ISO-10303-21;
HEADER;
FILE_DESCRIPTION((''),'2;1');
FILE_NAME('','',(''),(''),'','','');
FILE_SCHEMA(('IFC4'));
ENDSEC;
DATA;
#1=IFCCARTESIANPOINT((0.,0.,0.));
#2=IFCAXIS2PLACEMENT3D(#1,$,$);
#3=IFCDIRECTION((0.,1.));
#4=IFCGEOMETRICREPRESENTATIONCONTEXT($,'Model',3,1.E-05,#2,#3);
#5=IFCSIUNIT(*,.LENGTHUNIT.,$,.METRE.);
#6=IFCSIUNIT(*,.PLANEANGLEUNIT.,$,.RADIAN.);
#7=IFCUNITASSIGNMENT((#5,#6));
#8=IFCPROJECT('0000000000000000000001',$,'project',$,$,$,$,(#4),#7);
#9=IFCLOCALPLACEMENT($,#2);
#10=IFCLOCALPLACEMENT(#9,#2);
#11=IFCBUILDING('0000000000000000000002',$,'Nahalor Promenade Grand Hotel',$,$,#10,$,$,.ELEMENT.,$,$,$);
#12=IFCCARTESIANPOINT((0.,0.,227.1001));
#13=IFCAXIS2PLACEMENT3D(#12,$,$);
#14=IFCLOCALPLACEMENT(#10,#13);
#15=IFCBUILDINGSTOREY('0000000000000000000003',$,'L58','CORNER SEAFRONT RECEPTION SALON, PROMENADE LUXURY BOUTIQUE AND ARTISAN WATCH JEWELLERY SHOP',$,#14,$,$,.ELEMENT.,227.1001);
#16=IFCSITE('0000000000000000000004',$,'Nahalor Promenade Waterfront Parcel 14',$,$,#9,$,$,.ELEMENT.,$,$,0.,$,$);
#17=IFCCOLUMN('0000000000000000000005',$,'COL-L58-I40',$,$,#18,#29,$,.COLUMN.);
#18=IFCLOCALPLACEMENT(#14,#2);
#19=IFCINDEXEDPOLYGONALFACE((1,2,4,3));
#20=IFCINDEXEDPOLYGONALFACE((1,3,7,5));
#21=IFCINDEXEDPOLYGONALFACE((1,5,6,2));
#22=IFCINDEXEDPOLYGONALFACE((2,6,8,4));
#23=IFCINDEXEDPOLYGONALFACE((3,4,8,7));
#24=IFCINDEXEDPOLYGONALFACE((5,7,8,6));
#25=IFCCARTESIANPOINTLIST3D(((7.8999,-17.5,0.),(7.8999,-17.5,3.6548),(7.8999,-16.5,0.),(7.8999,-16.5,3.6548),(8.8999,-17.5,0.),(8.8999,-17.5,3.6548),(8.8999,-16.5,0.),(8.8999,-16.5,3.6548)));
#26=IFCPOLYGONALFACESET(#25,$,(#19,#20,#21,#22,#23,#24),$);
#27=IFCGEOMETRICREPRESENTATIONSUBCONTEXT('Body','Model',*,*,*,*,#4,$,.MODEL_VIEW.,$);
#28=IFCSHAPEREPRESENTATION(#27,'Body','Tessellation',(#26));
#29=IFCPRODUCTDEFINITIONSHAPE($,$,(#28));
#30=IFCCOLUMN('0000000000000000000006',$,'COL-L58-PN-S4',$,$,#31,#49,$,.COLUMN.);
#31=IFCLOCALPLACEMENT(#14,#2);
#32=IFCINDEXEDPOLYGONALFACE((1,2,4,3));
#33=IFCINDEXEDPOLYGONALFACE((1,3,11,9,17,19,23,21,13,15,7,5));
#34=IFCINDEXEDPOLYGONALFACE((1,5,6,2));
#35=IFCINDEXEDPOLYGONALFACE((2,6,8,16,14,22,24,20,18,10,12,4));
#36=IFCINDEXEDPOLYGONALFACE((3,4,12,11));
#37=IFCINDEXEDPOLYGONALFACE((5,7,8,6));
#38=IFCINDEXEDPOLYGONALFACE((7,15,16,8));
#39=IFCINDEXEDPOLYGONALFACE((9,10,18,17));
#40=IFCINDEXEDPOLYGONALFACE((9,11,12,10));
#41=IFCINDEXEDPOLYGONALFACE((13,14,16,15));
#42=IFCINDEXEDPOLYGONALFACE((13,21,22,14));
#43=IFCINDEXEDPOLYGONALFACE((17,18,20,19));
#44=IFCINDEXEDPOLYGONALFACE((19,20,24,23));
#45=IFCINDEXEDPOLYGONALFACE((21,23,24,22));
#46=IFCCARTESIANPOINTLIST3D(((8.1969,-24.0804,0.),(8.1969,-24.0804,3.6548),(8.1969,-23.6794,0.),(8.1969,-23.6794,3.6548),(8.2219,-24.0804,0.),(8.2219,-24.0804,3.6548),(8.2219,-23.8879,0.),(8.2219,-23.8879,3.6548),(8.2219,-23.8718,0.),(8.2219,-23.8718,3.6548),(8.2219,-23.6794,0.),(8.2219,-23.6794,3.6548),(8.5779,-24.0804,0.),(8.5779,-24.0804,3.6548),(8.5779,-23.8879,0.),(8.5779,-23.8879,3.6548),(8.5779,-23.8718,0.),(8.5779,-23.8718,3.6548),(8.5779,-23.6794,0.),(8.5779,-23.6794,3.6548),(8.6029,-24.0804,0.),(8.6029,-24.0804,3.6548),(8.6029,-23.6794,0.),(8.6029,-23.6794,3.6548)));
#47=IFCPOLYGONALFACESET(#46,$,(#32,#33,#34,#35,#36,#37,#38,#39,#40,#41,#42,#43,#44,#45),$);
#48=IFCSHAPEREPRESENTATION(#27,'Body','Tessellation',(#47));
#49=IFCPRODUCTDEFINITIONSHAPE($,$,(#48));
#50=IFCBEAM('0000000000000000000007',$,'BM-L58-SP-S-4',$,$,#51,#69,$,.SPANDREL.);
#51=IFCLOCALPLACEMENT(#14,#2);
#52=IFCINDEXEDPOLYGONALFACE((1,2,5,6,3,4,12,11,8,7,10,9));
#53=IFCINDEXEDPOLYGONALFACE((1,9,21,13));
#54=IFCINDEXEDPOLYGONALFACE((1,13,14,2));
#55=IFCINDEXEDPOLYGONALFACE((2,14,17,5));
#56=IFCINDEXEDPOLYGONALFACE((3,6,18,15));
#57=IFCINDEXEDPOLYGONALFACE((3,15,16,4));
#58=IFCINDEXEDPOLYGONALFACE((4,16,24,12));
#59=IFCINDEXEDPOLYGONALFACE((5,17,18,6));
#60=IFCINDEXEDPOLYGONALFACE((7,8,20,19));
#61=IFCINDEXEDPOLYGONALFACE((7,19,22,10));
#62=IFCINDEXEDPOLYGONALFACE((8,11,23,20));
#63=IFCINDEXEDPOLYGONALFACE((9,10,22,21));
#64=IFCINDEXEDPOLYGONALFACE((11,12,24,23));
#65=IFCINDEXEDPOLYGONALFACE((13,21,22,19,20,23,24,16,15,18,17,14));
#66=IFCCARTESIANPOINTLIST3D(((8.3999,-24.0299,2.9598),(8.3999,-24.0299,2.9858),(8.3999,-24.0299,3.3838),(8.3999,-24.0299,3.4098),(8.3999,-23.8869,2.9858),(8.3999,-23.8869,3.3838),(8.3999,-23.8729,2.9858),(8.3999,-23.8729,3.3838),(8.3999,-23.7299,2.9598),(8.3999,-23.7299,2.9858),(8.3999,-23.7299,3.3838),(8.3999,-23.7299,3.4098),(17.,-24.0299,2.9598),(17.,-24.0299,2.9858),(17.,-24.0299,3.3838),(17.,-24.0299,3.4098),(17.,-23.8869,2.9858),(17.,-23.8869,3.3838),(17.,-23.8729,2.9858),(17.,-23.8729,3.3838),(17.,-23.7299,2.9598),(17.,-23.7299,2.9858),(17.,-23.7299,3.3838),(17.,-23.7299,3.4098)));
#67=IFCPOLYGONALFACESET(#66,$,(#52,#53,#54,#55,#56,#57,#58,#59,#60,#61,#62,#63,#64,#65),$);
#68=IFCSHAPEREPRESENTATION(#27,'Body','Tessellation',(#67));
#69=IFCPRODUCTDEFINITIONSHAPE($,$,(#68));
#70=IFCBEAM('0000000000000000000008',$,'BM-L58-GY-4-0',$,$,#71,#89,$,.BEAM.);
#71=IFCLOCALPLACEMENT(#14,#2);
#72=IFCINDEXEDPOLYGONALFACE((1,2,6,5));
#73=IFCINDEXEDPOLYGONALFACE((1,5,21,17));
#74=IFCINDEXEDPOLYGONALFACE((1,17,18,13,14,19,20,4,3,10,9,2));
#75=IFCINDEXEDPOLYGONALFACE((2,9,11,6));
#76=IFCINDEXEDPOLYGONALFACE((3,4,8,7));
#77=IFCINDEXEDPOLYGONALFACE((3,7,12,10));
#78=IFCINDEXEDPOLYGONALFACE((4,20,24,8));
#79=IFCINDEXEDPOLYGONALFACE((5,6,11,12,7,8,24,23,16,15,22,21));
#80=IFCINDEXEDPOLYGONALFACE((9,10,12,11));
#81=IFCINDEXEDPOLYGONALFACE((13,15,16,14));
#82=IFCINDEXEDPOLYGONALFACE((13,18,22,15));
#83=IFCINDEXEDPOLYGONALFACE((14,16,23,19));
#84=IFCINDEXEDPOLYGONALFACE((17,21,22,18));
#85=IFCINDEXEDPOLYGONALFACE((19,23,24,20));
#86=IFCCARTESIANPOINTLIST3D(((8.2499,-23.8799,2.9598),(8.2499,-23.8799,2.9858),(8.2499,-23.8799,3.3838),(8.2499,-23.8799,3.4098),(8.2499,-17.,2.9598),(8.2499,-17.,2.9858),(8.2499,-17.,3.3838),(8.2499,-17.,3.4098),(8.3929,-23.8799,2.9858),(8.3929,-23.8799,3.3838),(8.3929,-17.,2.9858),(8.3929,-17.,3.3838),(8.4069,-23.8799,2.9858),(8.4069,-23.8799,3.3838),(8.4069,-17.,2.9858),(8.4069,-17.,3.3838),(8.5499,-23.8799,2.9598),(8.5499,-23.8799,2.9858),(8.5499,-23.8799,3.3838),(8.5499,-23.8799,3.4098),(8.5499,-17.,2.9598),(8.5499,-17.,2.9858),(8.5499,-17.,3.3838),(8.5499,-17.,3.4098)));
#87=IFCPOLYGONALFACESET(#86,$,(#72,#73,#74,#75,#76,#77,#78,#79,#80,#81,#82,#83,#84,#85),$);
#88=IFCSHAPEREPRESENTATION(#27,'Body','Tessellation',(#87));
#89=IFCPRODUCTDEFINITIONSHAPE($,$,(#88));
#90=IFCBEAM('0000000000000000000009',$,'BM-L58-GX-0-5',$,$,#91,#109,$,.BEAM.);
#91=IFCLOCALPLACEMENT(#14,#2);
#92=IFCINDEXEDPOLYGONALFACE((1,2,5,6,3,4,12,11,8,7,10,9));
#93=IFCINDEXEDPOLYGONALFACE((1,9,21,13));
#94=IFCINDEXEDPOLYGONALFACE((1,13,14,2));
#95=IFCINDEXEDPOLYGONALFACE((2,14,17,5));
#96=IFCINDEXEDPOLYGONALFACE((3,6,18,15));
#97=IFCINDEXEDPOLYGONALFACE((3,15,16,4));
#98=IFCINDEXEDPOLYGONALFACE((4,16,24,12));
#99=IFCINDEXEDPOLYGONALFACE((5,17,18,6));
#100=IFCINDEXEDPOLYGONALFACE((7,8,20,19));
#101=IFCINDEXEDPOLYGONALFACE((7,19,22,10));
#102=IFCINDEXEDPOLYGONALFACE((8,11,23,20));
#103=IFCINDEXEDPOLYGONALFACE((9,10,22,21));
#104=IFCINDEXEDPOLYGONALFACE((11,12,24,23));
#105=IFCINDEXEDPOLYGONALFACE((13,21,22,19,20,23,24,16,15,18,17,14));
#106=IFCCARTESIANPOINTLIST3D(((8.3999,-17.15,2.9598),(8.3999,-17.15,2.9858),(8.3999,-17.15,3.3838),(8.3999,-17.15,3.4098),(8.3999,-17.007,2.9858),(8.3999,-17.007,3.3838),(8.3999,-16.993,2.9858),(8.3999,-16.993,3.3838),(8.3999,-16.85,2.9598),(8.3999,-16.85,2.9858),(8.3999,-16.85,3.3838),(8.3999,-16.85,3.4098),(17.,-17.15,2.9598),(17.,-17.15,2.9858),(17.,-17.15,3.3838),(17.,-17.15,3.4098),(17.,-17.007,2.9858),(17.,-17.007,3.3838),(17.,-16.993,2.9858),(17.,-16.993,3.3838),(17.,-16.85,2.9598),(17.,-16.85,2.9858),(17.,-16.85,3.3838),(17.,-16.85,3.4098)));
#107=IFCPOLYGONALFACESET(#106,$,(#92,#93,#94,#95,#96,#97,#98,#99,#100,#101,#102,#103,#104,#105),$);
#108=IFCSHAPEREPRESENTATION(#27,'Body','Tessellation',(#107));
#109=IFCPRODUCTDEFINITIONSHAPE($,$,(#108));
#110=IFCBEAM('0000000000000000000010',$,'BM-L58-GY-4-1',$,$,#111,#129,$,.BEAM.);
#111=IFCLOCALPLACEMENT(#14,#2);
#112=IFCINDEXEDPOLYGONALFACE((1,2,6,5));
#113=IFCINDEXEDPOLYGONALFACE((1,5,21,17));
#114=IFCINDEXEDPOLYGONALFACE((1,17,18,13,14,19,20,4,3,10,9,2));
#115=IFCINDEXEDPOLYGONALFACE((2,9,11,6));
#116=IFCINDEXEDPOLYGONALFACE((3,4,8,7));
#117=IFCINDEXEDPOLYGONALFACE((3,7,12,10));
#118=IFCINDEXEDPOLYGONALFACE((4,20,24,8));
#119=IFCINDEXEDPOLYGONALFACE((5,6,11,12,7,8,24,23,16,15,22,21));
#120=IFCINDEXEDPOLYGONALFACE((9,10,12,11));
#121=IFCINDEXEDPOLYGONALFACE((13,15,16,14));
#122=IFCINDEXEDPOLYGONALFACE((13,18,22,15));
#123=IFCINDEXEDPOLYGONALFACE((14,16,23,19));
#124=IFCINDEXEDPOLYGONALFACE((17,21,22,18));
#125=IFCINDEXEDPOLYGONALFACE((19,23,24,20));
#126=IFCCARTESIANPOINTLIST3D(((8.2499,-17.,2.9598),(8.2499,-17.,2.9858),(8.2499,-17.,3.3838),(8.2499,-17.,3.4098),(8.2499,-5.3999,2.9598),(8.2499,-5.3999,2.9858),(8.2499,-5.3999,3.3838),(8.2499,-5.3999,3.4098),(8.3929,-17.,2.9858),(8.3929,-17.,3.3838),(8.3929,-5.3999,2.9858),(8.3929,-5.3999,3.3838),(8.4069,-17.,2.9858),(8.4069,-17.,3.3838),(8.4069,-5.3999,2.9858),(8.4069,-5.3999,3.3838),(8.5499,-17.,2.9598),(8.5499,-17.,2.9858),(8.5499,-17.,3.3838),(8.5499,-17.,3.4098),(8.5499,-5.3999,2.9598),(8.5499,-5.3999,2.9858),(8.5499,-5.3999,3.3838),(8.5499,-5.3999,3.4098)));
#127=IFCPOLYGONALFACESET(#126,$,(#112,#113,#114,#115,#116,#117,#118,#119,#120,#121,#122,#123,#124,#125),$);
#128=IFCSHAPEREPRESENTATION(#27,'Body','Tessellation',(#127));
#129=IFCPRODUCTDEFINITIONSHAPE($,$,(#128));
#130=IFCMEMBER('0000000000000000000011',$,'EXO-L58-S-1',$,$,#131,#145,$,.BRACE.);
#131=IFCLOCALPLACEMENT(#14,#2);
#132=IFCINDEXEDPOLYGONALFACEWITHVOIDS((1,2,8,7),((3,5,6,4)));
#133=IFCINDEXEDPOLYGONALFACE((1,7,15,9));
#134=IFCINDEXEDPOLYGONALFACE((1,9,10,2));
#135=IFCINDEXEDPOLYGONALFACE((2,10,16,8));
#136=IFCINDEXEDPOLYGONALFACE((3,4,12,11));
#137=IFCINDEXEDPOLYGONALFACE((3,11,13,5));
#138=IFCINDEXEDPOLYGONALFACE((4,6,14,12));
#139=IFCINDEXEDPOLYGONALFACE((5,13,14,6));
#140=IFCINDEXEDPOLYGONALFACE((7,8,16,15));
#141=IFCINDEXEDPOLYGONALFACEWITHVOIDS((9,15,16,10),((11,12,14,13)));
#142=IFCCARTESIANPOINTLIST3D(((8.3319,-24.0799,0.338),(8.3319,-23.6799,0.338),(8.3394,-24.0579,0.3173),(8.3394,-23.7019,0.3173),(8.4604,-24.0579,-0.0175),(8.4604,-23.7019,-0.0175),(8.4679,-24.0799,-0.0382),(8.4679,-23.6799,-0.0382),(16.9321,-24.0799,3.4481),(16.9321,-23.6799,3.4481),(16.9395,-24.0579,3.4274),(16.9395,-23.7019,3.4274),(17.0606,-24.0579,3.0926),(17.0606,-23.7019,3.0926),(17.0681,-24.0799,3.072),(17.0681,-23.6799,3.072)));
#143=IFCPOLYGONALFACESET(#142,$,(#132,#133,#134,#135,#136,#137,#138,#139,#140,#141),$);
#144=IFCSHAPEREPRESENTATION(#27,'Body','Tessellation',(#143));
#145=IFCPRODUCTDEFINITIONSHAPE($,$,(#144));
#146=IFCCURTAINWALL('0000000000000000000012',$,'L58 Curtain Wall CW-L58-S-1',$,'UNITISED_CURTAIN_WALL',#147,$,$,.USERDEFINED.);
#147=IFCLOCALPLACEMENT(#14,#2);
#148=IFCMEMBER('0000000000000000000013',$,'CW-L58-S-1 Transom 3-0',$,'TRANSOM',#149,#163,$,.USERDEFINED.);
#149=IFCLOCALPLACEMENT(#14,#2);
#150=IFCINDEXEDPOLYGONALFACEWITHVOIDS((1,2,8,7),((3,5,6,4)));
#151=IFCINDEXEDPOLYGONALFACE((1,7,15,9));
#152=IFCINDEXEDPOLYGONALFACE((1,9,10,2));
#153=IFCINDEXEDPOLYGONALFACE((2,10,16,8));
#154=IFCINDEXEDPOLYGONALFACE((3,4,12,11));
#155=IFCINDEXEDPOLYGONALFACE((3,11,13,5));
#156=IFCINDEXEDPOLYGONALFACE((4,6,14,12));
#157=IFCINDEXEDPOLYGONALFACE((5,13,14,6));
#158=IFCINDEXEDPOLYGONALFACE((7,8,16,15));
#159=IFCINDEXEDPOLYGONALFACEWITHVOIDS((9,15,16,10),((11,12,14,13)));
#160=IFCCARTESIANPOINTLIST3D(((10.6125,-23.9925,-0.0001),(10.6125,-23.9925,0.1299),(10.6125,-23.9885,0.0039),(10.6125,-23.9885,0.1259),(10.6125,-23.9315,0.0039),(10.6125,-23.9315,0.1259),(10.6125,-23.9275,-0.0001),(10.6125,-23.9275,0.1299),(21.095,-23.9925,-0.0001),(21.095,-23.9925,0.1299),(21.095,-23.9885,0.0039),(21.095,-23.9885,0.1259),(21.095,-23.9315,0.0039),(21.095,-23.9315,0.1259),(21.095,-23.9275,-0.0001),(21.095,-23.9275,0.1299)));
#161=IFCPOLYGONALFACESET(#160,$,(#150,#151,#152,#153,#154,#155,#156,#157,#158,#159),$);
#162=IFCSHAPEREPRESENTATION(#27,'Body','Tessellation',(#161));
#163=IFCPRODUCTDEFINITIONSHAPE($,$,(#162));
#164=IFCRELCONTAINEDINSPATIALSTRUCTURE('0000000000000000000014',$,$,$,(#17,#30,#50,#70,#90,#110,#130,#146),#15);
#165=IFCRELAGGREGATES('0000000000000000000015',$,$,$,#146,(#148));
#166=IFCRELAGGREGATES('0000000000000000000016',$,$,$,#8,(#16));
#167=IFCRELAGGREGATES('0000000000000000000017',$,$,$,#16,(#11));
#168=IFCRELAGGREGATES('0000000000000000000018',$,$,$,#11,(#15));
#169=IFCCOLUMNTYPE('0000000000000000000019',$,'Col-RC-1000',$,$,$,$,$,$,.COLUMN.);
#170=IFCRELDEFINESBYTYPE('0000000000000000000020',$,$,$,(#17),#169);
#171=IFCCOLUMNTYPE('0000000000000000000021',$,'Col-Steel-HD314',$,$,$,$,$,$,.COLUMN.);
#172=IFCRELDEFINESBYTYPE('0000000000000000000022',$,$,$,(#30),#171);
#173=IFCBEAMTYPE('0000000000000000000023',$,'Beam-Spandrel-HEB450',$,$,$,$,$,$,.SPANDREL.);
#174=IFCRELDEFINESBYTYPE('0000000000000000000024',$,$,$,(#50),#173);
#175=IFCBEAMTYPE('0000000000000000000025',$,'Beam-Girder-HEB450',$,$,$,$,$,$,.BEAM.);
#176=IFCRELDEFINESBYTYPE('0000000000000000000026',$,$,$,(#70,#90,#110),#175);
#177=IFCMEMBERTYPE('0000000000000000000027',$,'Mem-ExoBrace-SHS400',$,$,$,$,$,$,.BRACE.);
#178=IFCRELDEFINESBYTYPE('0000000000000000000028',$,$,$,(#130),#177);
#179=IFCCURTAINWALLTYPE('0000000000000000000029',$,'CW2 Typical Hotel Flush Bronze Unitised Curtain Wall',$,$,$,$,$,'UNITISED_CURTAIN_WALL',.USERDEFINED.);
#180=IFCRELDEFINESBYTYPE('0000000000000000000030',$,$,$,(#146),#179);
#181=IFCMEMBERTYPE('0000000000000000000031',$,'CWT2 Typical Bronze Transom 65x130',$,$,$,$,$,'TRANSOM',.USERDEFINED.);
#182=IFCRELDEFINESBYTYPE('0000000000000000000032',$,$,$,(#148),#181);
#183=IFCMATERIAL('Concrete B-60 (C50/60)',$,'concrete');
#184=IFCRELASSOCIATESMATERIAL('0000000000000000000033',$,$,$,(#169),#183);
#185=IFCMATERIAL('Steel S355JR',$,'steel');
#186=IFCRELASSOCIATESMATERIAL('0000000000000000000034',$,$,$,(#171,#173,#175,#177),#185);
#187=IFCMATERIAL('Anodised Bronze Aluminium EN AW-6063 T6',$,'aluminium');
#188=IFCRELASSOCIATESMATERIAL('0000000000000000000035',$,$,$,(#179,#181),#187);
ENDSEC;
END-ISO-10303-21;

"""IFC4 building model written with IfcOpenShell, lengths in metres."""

from ifc_helpers import new_model, si_unit, direction, frame, origin, origin_2d, place, context, subcontext, project, spatial, rectangle, hollow_rectangle, i_section, extrude, source, transform, mapped, material, material_profile, profile_set, type_object, element, aggregate, save


model = new_model("IFC4")

# Units and contexts
model_context = context("Model", 3, precision=1e-05, world=origin(), true_north=direction((0.0, 1.0)))
body_context = subcontext(model_context, "Body", "Model", "MODEL_VIEW")
ifc_project = project(units=[si_unit("LENGTHUNIT", "METRE"), si_unit("PLANEANGLEUNIT", "RADIAN")], contexts=[model_context])

# Site, building, storey
site_placement = place(None, origin())
site = spatial("IfcSite", under=ifc_project, at=site_placement, Name="Nahalor Promenade Waterfront Parcel 14", CompositionType="ELEMENT", RefElevation=0.0)
building_placement = place(site_placement, origin())
building = spatial("IfcBuilding", under=site, at=building_placement, Name="Nahalor Promenade Grand Hotel", CompositionType="ELEMENT")
storey_placement = place(building_placement, frame((0.0, 0.0, 227.1001)))
storey = spatial("IfcBuildingStorey", under=building, at=storey_placement, Name="L58", Description="CORNER SEAFRONT RECEPTION SALON, PROMENADE LUXURY BOUTIQUE AND ARTISAN WATCH JEWELLERY SHOP", CompositionType="ELEMENT", Elevation=227.1001)

# Columns
ifc_material_1 = material(Name="Concrete B-60 (C50/60)", Category="concrete")
ifc_material_profile_1 = material_profile(ifc_material_1, rectangle(XDim=1.0, YDim=1.0, at=origin_2d()), Name="RC 1000x1000")
ifc_profile_set_1 = profile_set([ifc_material_profile_1], Name="Concrete B-60 (C50/60)")
column_type_1 = type_object("IfcColumnType", Name="Col-RC-1000", PredefinedType="COLUMN", material=ifc_profile_set_1)
shared_shape_1 = source(origin(), body_context, "Body", "SweptSolid", [
    extrude(rectangle(XDim=1.0, YDim=1.0, at=origin_2d()), origin(), (0.0, 0.0, 1.0), 3.6548),
])
column_1_placement = place(storey_placement, frame((8.3999, -17.0, 0.0), z_axis=(0.0, 0.0, 1.0), x_axis=(1.0, 0.0, 0.0)))
element("IfcColumn", 1, at=column_1_placement, inside=storey, type_object=column_type_1, Name="COL-L58-I40", PredefinedType="COLUMN", context=body_context, shape_type="MappedRepresentation", body=[
    mapped(shared_shape_1, transform((0.0, 0.0, 0.0), scale=1.0)),
])
ifc_material_2 = material(Name="Steel S355JR", Category="steel")
ifc_material_profile_2 = material_profile(ifc_material_2, i_section(OverallWidth=0.401, OverallDepth=0.406, WebThickness=0.0161, FlangeThickness=0.025, at=origin_2d()), Name="HD 400x314")
ifc_profile_set_2 = profile_set([ifc_material_profile_2], Name="Steel S355JR")
column_type_2 = type_object("IfcColumnType", Name="Col-Steel-HD314", PredefinedType="COLUMN", material=ifc_profile_set_2)
shared_shape_2 = source(origin(), body_context, "Body", "SweptSolid", [
    extrude(i_section(OverallWidth=0.401, OverallDepth=0.406, WebThickness=0.0161, FlangeThickness=0.025, at=origin_2d()), origin(), (0.0, 0.0, 1.0), 3.6548),
])
column_2_placement = place(storey_placement, frame((8.3999, -23.8799, 0.0), z_axis=(0.0, 0.0, 1.0), x_axis=(0.0, 1.0, 0.0)))
element("IfcColumn", 2, at=column_2_placement, inside=storey, type_object=column_type_2, Name="COL-L58-PN-S4", PredefinedType="COLUMN", context=body_context, shape_type="MappedRepresentation", body=[
    mapped(shared_shape_2, transform((0.0, 0.0, 0.0), scale=1.0)),
])

# Beams
ifc_material_profile_3 = material_profile(ifc_material_2, i_section(OverallWidth=0.3, OverallDepth=0.45, WebThickness=0.014, FlangeThickness=0.026, at=origin_2d()), Name="HEB 450")
ifc_profile_set_3 = profile_set([ifc_material_profile_3], Name="Steel S355JR")
beam_type_1 = type_object("IfcBeamType", Name="Beam-Spandrel-HEB450", PredefinedType="SPANDREL", material=ifc_profile_set_3)
shared_shape_3 = source(origin(), body_context, "Body", "SweptSolid", [
    extrude(i_section(OverallWidth=0.3, OverallDepth=0.45, WebThickness=0.014, FlangeThickness=0.026, at=origin_2d()), origin(), (0.0, 0.0, 1.0), 8.6001),
])
beam_1_placement = place(storey_placement, frame((8.3999, -23.8799, 3.1848), z_axis=(1.0, 0.0, 0.0), x_axis=(0.0, 1.0, 0.0)))
element("IfcBeam", 3, at=beam_1_placement, inside=storey, type_object=beam_type_1, Name="BM-L58-SP-S-4", PredefinedType="SPANDREL", context=body_context, shape_type="MappedRepresentation", body=[
    mapped(shared_shape_3, transform((0.0, 0.0, 0.0), scale=1.0)),
])
ifc_material_profile_4 = material_profile(ifc_material_2, i_section(OverallWidth=0.3, OverallDepth=0.45, WebThickness=0.014, FlangeThickness=0.026, at=origin_2d()), Name="HEB 450")
ifc_profile_set_4 = profile_set([ifc_material_profile_4], Name="Steel S355JR")
beam_type_2 = type_object("IfcBeamType", Name="Beam-Girder-HEB450", PredefinedType="BEAM", material=ifc_profile_set_4)
shared_shape_4 = source(origin(), body_context, "Body", "SweptSolid", [
    extrude(i_section(OverallWidth=0.3, OverallDepth=0.45, WebThickness=0.014, FlangeThickness=0.026, at=origin_2d()), origin(), (0.0, 0.0, 1.0), 6.8799),
])
beam_2_placement = place(storey_placement, frame((8.3999, -23.8799, 3.1848), z_axis=(0.0, 1.0, 0.0), x_axis=(-1.0, 0.0, 0.0)))
element("IfcBeam", 4, at=beam_2_placement, inside=storey, type_object=beam_type_2, Name="BM-L58-GY-4-0", PredefinedType="BEAM", context=body_context, shape_type="MappedRepresentation", body=[
    mapped(shared_shape_4, transform((0.0, 0.0, 0.0), scale=1.0)),
])
shared_shape_5 = source(origin(), body_context, "Body", "SweptSolid", [
    extrude(i_section(OverallWidth=0.3, OverallDepth=0.45, WebThickness=0.014, FlangeThickness=0.026, at=origin_2d()), origin(), (0.0, 0.0, 1.0), 8.6001),
])
beam_3_placement = place(storey_placement, frame((8.3999, -17.0, 3.1848), z_axis=(1.0, 0.0, 0.0), x_axis=(0.0, 1.0, 0.0)))
element("IfcBeam", 5, at=beam_3_placement, inside=storey, type_object=beam_type_2, Name="BM-L58-GX-0-5", PredefinedType="BEAM", context=body_context, shape_type="MappedRepresentation", body=[
    mapped(shared_shape_5, transform((0.0, 0.0, 0.0), scale=1.0)),
])
shared_shape_6 = source(origin(), body_context, "Body", "SweptSolid", [
    extrude(i_section(OverallWidth=0.3, OverallDepth=0.45, WebThickness=0.014, FlangeThickness=0.026, at=origin_2d()), origin(), (0.0, 0.0, 1.0), 11.6001),
])
beam_4_placement = place(storey_placement, frame((8.3999, -17.0, 3.1848), z_axis=(0.0, 1.0, 0.0), x_axis=(-1.0, 0.0, 0.0)))
element("IfcBeam", 6, at=beam_4_placement, inside=storey, type_object=beam_type_2, Name="BM-L58-GY-4-1", PredefinedType="BEAM", context=body_context, shape_type="MappedRepresentation", body=[
    mapped(shared_shape_6, transform((0.0, 0.0, 0.0), scale=1.0)),
])

# Member
ifc_material_profile_5 = material_profile(ifc_material_2, hollow_rectangle(XDim=0.4, YDim=0.4, WallThickness=0.022, at=origin_2d()), Name="SHS 400x400x22")
ifc_profile_set_5 = profile_set([ifc_material_profile_5], Name="Steel S355JR")
member_type_1 = type_object("IfcMemberType", Name="Mem-ExoBrace-SHS400", PredefinedType="BRACE", material=ifc_profile_set_5)
shared_shape_7 = source(origin(), body_context, "Body", "SweptSolid", [
    extrude(hollow_rectangle(XDim=0.4, YDim=0.4, WallThickness=0.022, at=origin_2d()), origin(), (0.0, 0.0, 1.0), 9.1453),
])
member_1_placement = place(storey_placement, frame((8.3999, -23.8799, 0.1499), z_axis=(0.940396, 0.0, 0.340081), x_axis=(0.0, 1.0, 0.0)))
element("IfcMember", 7, at=member_1_placement, inside=storey, type_object=member_type_1, Name="EXO-L58-S-1", PredefinedType="BRACE", context=body_context, shape_type="MappedRepresentation", body=[
    mapped(shared_shape_7, transform((0.0, 0.0, 0.0), scale=1.0)),
])

# Curtain wall, member
ifc_material_3 = material(Name="Anodised Bronze Aluminium EN AW-6063 T6", Category="aluminium")
curtain_wall_type = type_object("IfcCurtainWallType", Name="CW2 Typical Hotel Flush Bronze Unitised Curtain Wall", ElementType="UNITISED_CURTAIN_WALL", PredefinedType="USERDEFINED", material=ifc_material_3)
curtain_wall_placement = place(storey_placement, origin())
curtain_wall = element("IfcCurtainWall", 8, at=curtain_wall_placement, inside=storey, type_object=curtain_wall_type, Name="L58 Curtain Wall CW-L58-S-1", ObjectType="UNITISED_CURTAIN_WALL", PredefinedType="USERDEFINED")
ifc_material_profile_6 = material_profile(ifc_material_3, hollow_rectangle(XDim=0.065, YDim=0.13, WallThickness=0.004, at=origin_2d()), Name="CWT 65x130x4")
ifc_profile_set_6 = profile_set([ifc_material_profile_6], Name="Anodised Bronze Aluminium EN AW-6063 T6")
member_type_2 = type_object("IfcMemberType", Name="CWT2 Typical Bronze Transom 65x130", ElementType="TRANSOM", PredefinedType="USERDEFINED", material=ifc_profile_set_6)
shared_shape_8 = source(origin(), body_context, "Body", "SweptSolid", [
    extrude(hollow_rectangle(XDim=0.065, YDim=0.13, WallThickness=0.004, at=origin_2d()), origin(), (0.0, 0.0, 1.0), 10.4824),
])
member_2_placement = place(storey_placement, frame((10.6125, -23.96, 0.0649), z_axis=(1.0, 0.0, 0.0), x_axis=(0.0, 1.0, 0.0)))
member_2 = element("IfcMember", 9, at=member_2_placement, type_object=member_type_2, Name="CW-L58-S-1 Transom 3-0", ObjectType="TRANSOM", PredefinedType="USERDEFINED", context=body_context, shape_type="MappedRepresentation", body=[
    mapped(shared_shape_8, transform((0.0, 0.0, 0.0), scale=1.0)),
])
aggregate(curtain_wall, [member_2])

save(model, "model.ifc")
